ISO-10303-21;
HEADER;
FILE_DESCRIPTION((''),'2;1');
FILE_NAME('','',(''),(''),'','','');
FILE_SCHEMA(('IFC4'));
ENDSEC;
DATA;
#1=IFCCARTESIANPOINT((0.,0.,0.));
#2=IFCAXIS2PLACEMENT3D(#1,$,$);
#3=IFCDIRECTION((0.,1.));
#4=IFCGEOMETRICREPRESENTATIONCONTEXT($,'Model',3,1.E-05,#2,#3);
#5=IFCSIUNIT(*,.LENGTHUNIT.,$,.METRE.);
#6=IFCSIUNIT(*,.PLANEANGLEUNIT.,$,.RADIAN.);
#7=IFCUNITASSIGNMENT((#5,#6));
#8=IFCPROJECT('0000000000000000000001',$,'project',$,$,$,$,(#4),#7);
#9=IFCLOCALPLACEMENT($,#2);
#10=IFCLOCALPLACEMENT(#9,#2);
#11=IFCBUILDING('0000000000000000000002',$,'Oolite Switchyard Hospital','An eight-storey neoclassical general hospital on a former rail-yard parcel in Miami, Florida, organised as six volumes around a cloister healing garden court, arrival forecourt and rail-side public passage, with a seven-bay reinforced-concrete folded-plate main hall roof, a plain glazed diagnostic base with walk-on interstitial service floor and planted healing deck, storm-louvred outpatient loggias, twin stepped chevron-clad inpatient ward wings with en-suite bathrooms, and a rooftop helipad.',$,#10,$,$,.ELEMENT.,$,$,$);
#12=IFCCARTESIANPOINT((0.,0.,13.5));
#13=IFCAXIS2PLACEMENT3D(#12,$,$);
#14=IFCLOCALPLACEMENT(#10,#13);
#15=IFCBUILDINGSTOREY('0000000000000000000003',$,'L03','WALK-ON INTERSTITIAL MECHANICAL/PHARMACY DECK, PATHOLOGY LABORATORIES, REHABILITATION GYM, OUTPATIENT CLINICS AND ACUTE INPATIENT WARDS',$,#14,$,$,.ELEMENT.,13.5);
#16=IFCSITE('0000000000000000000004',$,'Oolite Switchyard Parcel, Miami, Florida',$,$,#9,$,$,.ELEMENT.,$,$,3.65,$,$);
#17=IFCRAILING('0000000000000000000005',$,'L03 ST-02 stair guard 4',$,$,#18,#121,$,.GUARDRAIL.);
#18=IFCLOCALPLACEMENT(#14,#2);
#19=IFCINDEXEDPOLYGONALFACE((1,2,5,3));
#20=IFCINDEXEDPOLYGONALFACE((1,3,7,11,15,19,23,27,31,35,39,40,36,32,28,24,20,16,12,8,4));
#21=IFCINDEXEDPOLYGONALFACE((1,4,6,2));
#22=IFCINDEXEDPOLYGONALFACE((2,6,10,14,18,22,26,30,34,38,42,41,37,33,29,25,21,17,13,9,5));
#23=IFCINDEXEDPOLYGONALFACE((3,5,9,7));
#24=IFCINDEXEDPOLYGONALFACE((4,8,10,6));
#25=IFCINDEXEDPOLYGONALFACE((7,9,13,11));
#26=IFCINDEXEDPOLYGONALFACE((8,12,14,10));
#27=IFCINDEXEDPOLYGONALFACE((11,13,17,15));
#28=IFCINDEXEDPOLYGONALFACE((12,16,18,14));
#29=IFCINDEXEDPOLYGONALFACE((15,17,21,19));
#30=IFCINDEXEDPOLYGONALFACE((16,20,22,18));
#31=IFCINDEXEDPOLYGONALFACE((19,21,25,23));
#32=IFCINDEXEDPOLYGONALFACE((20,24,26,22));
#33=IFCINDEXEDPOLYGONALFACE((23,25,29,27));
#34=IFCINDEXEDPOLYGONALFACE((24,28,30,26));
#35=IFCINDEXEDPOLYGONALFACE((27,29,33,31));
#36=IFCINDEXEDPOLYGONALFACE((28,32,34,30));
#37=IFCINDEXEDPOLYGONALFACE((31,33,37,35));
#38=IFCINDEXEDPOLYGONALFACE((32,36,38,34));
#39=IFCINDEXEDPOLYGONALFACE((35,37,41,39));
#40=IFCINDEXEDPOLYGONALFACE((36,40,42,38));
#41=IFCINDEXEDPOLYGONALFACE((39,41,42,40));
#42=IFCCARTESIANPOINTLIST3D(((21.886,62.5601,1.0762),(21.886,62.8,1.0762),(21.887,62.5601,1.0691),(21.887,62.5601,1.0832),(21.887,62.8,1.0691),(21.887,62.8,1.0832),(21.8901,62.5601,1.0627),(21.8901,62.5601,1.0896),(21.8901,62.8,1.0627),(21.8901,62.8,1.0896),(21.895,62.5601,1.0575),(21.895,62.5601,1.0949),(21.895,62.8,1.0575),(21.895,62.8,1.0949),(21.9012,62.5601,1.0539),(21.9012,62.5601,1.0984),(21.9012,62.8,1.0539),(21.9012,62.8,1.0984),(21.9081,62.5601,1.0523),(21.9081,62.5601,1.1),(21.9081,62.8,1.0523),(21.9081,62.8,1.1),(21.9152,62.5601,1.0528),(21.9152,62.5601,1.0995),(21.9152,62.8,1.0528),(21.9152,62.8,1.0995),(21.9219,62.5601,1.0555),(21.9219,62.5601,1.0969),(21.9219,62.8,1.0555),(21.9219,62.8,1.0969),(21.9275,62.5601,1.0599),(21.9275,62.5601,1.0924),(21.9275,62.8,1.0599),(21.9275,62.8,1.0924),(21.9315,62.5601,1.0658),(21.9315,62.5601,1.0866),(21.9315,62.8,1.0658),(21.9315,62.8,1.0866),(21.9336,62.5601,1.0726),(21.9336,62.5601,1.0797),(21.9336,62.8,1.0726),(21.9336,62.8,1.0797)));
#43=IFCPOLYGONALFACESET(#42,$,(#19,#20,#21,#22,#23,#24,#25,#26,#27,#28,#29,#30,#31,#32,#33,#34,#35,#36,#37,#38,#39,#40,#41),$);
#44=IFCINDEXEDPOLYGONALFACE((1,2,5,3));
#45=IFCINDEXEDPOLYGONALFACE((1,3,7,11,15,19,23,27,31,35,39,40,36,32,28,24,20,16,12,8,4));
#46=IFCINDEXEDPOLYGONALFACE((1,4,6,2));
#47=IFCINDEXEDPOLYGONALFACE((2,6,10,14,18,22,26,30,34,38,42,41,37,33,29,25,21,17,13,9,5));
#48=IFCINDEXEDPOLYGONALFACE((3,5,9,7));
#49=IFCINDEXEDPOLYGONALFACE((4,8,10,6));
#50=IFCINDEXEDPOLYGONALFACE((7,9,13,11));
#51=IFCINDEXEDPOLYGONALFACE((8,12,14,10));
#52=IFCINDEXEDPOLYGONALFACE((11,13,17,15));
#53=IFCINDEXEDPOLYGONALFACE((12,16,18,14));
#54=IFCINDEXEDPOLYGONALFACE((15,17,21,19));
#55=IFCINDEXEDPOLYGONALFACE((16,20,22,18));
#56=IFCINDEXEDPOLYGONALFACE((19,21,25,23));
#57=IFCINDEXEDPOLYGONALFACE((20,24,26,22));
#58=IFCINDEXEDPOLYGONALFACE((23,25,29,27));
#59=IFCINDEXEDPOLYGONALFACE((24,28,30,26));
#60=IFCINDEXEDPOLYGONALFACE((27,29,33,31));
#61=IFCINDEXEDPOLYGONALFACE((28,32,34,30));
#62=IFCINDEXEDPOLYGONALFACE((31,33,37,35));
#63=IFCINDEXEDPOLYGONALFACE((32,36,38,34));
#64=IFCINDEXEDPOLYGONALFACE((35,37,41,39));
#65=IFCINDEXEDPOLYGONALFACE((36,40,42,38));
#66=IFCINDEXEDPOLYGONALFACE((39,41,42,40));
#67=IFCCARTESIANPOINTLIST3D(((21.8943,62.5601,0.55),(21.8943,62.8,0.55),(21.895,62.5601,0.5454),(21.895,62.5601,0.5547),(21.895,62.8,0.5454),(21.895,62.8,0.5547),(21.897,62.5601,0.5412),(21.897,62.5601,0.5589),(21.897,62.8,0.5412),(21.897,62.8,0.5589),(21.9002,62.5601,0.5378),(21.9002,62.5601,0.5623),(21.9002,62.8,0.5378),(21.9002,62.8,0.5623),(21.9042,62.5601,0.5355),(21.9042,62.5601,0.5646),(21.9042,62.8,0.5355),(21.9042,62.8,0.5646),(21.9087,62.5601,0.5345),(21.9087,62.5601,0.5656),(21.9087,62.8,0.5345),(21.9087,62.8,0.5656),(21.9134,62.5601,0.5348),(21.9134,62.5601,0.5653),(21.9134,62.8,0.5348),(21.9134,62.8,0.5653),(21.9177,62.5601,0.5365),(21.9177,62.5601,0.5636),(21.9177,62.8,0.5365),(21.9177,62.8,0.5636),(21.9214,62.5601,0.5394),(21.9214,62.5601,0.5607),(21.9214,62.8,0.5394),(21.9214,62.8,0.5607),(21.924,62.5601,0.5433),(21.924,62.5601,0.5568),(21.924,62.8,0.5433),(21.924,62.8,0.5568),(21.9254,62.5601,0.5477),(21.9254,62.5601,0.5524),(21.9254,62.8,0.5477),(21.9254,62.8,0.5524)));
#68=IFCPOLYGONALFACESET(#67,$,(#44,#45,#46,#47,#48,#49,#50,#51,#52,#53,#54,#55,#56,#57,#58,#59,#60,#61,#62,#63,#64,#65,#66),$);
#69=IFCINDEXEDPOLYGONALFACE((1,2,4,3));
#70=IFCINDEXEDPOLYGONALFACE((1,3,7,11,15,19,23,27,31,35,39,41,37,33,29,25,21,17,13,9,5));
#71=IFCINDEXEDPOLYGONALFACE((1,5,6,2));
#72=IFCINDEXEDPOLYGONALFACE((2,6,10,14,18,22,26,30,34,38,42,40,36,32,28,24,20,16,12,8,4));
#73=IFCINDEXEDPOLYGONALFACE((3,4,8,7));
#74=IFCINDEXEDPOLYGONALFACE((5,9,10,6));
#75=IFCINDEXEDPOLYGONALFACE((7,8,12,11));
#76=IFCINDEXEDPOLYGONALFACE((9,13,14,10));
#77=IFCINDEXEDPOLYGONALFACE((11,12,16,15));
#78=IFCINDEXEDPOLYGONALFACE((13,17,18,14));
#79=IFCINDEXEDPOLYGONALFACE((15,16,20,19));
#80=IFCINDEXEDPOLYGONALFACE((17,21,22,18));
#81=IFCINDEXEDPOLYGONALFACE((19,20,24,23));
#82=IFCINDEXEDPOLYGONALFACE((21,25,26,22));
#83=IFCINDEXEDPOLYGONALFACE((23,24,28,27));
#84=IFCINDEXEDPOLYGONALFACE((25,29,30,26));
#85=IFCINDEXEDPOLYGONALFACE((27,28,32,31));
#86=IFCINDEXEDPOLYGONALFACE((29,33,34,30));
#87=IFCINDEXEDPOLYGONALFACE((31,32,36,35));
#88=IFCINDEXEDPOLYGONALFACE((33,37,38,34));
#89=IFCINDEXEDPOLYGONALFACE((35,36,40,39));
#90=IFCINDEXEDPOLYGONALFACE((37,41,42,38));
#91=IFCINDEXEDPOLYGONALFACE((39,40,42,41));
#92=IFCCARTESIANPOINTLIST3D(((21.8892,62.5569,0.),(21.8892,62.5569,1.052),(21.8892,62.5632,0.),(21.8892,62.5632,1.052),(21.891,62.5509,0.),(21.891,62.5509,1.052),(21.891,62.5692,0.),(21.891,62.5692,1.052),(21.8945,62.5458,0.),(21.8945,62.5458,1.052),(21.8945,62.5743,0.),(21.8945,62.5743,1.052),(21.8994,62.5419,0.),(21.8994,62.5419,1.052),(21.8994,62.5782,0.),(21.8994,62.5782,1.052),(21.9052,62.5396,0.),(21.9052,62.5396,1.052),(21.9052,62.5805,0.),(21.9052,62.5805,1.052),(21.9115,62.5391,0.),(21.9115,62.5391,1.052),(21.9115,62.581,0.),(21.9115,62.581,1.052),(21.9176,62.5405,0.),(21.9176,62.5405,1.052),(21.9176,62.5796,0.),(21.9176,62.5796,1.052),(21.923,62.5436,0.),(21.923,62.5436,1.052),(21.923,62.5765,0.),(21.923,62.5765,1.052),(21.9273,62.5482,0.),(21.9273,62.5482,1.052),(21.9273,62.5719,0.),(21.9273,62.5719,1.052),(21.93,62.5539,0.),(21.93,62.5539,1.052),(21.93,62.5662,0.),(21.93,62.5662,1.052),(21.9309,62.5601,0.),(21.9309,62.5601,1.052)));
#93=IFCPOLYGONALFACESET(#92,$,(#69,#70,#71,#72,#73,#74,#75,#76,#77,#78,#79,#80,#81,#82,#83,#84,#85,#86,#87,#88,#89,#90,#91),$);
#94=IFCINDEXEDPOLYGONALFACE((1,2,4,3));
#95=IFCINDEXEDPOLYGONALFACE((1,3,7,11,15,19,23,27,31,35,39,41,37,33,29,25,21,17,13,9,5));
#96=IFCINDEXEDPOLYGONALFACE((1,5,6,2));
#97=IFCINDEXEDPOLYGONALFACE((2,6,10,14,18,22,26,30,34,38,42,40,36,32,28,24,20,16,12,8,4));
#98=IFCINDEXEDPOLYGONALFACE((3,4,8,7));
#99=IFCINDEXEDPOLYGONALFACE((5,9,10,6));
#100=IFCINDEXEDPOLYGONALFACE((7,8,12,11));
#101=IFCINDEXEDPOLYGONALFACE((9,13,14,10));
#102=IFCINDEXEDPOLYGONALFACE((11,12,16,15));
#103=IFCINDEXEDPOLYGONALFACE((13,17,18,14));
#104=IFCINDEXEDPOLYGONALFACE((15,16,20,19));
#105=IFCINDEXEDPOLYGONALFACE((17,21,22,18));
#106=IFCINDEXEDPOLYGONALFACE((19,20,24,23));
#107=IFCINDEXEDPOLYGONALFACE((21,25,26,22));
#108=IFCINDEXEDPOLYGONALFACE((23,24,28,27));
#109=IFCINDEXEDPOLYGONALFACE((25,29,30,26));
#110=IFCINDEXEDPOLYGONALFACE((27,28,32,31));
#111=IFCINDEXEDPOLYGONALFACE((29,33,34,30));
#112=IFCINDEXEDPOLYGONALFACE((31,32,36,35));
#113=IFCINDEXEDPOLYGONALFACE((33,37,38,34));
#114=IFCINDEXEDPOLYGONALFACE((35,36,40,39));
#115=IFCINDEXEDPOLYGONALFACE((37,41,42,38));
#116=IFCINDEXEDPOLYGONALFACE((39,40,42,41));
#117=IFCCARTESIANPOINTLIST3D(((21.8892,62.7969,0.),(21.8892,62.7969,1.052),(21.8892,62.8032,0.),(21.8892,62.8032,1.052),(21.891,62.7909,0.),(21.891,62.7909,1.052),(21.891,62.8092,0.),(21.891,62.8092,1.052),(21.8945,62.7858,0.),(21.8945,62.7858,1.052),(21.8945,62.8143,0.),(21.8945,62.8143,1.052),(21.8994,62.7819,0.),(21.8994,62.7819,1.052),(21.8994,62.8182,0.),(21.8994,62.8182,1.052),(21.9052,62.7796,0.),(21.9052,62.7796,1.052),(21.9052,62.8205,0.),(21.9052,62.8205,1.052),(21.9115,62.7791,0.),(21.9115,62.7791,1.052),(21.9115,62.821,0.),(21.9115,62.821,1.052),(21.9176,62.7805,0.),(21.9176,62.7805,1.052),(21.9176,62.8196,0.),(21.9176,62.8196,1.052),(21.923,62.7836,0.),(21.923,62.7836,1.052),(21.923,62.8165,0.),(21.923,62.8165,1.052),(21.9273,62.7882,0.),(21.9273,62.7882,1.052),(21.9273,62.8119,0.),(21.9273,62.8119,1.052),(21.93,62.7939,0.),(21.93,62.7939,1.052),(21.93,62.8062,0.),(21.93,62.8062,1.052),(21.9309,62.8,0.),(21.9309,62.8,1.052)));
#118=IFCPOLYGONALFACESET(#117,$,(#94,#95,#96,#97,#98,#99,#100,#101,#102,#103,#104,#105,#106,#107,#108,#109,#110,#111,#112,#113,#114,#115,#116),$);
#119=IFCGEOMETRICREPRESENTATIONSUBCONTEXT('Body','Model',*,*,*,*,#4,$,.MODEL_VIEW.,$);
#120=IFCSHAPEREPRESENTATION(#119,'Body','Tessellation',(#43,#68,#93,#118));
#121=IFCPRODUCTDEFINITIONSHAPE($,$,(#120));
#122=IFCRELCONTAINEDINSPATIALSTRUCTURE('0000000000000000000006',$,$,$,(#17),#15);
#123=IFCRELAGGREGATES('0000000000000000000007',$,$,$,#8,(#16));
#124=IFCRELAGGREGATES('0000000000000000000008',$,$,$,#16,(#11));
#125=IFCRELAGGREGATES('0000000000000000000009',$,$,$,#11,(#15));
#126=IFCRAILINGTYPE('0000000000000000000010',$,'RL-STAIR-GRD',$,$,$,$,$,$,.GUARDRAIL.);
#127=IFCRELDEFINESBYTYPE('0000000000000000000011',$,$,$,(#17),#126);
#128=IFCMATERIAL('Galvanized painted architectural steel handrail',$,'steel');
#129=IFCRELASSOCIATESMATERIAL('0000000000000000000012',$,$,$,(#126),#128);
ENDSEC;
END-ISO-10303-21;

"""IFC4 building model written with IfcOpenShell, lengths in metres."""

from ifc_helpers import new_model, si_unit, direction, frame, origin, origin_2d, place, context, subcontext, project, spatial, circle, extrude, material, type_object, element, save


model = new_model("IFC4")

# Units and contexts
model_context = context("Model", 3, precision=1e-05, world=origin(), true_north=direction((0.0, 1.0)))
body_context = subcontext(model_context, "Body", "Model", "MODEL_VIEW")
ifc_project = project(units=[si_unit("LENGTHUNIT", "METRE"), si_unit("PLANEANGLEUNIT", "RADIAN")], contexts=[model_context])

# Site, building, storey
site_placement = place(None, origin())
site = spatial("IfcSite", under=ifc_project, at=site_placement, Name="Oolite Switchyard Parcel, Miami, Florida", CompositionType="ELEMENT", RefElevation=3.65)
building_placement = place(site_placement, origin())
building = spatial("IfcBuilding", under=site, at=building_placement, Name="Oolite Switchyard Hospital", Description="An eight-storey neoclassical general hospital on a former rail-yard parcel in Miami, Florida, organised as six volumes around a cloister healing garden court, arrival forecourt and rail-side public passage, with a seven-bay reinforced-concrete folded-plate main hall roof, a plain glazed diagnostic base with walk-on interstitial service floor and planted healing deck, storm-louvred outpatient loggias, twin stepped chevron-clad inpatient ward wings with en-suite bathrooms, and a rooftop helipad.", CompositionType="ELEMENT")
storey_placement = place(building_placement, frame((0.0, 0.0, 13.5)))
storey = spatial("IfcBuildingStorey", under=building, at=storey_placement, Name="L03", Description="WALK-ON INTERSTITIAL MECHANICAL/PHARMACY DECK, PATHOLOGY LABORATORIES, REHABILITATION GYM, OUTPATIENT CLINICS AND ACUTE INPATIENT WARDS", CompositionType="ELEMENT", Elevation=13.5)

# Railing
ifc_material_1 = material(Name="Galvanized painted architectural steel handrail", Category="steel")
railing_type_1 = type_object("IfcRailingType", Name="RL-STAIR-GRD", PredefinedType="GUARDRAIL", material=ifc_material_1)
railing_1_placement = place(storey_placement, frame((21.9099, 62.5601, 0.0)))
element("IfcRailing", 1, at=railing_1_placement, inside=storey, type_object=railing_type_1, Name="L03 ST-02 stair guard 4", PredefinedType="GUARDRAIL", context=body_context, shape_type="SweptSolid", body=[
    extrude(circle(Radius=0.0239, at=origin_2d()), frame((0.0, 0.0, 1.0762), z_axis=(0.0, 1.0, 0.0), x_axis=(-1.0, 0.0, 0.0)), (0.0, 0.0, 1.0), 0.24),
    extrude(circle(Radius=0.0156, at=origin_2d()), frame((0.0, 0.0, 0.55), z_axis=(0.0, 1.0, 0.0), x_axis=(-1.0, 0.0, 0.0)), (0.0, 0.0, 1.0), 0.24),
    extrude(circle(Radius=0.021, at=origin_2d()), origin(), (0.0, 0.0, 1.0), 1.052),
    extrude(circle(Radius=0.021, at=origin_2d()), frame((0.0, 0.24, 0.0)), (0.0, 0.0, 1.0), 1.052),
])

save(model, "model.ifc")
